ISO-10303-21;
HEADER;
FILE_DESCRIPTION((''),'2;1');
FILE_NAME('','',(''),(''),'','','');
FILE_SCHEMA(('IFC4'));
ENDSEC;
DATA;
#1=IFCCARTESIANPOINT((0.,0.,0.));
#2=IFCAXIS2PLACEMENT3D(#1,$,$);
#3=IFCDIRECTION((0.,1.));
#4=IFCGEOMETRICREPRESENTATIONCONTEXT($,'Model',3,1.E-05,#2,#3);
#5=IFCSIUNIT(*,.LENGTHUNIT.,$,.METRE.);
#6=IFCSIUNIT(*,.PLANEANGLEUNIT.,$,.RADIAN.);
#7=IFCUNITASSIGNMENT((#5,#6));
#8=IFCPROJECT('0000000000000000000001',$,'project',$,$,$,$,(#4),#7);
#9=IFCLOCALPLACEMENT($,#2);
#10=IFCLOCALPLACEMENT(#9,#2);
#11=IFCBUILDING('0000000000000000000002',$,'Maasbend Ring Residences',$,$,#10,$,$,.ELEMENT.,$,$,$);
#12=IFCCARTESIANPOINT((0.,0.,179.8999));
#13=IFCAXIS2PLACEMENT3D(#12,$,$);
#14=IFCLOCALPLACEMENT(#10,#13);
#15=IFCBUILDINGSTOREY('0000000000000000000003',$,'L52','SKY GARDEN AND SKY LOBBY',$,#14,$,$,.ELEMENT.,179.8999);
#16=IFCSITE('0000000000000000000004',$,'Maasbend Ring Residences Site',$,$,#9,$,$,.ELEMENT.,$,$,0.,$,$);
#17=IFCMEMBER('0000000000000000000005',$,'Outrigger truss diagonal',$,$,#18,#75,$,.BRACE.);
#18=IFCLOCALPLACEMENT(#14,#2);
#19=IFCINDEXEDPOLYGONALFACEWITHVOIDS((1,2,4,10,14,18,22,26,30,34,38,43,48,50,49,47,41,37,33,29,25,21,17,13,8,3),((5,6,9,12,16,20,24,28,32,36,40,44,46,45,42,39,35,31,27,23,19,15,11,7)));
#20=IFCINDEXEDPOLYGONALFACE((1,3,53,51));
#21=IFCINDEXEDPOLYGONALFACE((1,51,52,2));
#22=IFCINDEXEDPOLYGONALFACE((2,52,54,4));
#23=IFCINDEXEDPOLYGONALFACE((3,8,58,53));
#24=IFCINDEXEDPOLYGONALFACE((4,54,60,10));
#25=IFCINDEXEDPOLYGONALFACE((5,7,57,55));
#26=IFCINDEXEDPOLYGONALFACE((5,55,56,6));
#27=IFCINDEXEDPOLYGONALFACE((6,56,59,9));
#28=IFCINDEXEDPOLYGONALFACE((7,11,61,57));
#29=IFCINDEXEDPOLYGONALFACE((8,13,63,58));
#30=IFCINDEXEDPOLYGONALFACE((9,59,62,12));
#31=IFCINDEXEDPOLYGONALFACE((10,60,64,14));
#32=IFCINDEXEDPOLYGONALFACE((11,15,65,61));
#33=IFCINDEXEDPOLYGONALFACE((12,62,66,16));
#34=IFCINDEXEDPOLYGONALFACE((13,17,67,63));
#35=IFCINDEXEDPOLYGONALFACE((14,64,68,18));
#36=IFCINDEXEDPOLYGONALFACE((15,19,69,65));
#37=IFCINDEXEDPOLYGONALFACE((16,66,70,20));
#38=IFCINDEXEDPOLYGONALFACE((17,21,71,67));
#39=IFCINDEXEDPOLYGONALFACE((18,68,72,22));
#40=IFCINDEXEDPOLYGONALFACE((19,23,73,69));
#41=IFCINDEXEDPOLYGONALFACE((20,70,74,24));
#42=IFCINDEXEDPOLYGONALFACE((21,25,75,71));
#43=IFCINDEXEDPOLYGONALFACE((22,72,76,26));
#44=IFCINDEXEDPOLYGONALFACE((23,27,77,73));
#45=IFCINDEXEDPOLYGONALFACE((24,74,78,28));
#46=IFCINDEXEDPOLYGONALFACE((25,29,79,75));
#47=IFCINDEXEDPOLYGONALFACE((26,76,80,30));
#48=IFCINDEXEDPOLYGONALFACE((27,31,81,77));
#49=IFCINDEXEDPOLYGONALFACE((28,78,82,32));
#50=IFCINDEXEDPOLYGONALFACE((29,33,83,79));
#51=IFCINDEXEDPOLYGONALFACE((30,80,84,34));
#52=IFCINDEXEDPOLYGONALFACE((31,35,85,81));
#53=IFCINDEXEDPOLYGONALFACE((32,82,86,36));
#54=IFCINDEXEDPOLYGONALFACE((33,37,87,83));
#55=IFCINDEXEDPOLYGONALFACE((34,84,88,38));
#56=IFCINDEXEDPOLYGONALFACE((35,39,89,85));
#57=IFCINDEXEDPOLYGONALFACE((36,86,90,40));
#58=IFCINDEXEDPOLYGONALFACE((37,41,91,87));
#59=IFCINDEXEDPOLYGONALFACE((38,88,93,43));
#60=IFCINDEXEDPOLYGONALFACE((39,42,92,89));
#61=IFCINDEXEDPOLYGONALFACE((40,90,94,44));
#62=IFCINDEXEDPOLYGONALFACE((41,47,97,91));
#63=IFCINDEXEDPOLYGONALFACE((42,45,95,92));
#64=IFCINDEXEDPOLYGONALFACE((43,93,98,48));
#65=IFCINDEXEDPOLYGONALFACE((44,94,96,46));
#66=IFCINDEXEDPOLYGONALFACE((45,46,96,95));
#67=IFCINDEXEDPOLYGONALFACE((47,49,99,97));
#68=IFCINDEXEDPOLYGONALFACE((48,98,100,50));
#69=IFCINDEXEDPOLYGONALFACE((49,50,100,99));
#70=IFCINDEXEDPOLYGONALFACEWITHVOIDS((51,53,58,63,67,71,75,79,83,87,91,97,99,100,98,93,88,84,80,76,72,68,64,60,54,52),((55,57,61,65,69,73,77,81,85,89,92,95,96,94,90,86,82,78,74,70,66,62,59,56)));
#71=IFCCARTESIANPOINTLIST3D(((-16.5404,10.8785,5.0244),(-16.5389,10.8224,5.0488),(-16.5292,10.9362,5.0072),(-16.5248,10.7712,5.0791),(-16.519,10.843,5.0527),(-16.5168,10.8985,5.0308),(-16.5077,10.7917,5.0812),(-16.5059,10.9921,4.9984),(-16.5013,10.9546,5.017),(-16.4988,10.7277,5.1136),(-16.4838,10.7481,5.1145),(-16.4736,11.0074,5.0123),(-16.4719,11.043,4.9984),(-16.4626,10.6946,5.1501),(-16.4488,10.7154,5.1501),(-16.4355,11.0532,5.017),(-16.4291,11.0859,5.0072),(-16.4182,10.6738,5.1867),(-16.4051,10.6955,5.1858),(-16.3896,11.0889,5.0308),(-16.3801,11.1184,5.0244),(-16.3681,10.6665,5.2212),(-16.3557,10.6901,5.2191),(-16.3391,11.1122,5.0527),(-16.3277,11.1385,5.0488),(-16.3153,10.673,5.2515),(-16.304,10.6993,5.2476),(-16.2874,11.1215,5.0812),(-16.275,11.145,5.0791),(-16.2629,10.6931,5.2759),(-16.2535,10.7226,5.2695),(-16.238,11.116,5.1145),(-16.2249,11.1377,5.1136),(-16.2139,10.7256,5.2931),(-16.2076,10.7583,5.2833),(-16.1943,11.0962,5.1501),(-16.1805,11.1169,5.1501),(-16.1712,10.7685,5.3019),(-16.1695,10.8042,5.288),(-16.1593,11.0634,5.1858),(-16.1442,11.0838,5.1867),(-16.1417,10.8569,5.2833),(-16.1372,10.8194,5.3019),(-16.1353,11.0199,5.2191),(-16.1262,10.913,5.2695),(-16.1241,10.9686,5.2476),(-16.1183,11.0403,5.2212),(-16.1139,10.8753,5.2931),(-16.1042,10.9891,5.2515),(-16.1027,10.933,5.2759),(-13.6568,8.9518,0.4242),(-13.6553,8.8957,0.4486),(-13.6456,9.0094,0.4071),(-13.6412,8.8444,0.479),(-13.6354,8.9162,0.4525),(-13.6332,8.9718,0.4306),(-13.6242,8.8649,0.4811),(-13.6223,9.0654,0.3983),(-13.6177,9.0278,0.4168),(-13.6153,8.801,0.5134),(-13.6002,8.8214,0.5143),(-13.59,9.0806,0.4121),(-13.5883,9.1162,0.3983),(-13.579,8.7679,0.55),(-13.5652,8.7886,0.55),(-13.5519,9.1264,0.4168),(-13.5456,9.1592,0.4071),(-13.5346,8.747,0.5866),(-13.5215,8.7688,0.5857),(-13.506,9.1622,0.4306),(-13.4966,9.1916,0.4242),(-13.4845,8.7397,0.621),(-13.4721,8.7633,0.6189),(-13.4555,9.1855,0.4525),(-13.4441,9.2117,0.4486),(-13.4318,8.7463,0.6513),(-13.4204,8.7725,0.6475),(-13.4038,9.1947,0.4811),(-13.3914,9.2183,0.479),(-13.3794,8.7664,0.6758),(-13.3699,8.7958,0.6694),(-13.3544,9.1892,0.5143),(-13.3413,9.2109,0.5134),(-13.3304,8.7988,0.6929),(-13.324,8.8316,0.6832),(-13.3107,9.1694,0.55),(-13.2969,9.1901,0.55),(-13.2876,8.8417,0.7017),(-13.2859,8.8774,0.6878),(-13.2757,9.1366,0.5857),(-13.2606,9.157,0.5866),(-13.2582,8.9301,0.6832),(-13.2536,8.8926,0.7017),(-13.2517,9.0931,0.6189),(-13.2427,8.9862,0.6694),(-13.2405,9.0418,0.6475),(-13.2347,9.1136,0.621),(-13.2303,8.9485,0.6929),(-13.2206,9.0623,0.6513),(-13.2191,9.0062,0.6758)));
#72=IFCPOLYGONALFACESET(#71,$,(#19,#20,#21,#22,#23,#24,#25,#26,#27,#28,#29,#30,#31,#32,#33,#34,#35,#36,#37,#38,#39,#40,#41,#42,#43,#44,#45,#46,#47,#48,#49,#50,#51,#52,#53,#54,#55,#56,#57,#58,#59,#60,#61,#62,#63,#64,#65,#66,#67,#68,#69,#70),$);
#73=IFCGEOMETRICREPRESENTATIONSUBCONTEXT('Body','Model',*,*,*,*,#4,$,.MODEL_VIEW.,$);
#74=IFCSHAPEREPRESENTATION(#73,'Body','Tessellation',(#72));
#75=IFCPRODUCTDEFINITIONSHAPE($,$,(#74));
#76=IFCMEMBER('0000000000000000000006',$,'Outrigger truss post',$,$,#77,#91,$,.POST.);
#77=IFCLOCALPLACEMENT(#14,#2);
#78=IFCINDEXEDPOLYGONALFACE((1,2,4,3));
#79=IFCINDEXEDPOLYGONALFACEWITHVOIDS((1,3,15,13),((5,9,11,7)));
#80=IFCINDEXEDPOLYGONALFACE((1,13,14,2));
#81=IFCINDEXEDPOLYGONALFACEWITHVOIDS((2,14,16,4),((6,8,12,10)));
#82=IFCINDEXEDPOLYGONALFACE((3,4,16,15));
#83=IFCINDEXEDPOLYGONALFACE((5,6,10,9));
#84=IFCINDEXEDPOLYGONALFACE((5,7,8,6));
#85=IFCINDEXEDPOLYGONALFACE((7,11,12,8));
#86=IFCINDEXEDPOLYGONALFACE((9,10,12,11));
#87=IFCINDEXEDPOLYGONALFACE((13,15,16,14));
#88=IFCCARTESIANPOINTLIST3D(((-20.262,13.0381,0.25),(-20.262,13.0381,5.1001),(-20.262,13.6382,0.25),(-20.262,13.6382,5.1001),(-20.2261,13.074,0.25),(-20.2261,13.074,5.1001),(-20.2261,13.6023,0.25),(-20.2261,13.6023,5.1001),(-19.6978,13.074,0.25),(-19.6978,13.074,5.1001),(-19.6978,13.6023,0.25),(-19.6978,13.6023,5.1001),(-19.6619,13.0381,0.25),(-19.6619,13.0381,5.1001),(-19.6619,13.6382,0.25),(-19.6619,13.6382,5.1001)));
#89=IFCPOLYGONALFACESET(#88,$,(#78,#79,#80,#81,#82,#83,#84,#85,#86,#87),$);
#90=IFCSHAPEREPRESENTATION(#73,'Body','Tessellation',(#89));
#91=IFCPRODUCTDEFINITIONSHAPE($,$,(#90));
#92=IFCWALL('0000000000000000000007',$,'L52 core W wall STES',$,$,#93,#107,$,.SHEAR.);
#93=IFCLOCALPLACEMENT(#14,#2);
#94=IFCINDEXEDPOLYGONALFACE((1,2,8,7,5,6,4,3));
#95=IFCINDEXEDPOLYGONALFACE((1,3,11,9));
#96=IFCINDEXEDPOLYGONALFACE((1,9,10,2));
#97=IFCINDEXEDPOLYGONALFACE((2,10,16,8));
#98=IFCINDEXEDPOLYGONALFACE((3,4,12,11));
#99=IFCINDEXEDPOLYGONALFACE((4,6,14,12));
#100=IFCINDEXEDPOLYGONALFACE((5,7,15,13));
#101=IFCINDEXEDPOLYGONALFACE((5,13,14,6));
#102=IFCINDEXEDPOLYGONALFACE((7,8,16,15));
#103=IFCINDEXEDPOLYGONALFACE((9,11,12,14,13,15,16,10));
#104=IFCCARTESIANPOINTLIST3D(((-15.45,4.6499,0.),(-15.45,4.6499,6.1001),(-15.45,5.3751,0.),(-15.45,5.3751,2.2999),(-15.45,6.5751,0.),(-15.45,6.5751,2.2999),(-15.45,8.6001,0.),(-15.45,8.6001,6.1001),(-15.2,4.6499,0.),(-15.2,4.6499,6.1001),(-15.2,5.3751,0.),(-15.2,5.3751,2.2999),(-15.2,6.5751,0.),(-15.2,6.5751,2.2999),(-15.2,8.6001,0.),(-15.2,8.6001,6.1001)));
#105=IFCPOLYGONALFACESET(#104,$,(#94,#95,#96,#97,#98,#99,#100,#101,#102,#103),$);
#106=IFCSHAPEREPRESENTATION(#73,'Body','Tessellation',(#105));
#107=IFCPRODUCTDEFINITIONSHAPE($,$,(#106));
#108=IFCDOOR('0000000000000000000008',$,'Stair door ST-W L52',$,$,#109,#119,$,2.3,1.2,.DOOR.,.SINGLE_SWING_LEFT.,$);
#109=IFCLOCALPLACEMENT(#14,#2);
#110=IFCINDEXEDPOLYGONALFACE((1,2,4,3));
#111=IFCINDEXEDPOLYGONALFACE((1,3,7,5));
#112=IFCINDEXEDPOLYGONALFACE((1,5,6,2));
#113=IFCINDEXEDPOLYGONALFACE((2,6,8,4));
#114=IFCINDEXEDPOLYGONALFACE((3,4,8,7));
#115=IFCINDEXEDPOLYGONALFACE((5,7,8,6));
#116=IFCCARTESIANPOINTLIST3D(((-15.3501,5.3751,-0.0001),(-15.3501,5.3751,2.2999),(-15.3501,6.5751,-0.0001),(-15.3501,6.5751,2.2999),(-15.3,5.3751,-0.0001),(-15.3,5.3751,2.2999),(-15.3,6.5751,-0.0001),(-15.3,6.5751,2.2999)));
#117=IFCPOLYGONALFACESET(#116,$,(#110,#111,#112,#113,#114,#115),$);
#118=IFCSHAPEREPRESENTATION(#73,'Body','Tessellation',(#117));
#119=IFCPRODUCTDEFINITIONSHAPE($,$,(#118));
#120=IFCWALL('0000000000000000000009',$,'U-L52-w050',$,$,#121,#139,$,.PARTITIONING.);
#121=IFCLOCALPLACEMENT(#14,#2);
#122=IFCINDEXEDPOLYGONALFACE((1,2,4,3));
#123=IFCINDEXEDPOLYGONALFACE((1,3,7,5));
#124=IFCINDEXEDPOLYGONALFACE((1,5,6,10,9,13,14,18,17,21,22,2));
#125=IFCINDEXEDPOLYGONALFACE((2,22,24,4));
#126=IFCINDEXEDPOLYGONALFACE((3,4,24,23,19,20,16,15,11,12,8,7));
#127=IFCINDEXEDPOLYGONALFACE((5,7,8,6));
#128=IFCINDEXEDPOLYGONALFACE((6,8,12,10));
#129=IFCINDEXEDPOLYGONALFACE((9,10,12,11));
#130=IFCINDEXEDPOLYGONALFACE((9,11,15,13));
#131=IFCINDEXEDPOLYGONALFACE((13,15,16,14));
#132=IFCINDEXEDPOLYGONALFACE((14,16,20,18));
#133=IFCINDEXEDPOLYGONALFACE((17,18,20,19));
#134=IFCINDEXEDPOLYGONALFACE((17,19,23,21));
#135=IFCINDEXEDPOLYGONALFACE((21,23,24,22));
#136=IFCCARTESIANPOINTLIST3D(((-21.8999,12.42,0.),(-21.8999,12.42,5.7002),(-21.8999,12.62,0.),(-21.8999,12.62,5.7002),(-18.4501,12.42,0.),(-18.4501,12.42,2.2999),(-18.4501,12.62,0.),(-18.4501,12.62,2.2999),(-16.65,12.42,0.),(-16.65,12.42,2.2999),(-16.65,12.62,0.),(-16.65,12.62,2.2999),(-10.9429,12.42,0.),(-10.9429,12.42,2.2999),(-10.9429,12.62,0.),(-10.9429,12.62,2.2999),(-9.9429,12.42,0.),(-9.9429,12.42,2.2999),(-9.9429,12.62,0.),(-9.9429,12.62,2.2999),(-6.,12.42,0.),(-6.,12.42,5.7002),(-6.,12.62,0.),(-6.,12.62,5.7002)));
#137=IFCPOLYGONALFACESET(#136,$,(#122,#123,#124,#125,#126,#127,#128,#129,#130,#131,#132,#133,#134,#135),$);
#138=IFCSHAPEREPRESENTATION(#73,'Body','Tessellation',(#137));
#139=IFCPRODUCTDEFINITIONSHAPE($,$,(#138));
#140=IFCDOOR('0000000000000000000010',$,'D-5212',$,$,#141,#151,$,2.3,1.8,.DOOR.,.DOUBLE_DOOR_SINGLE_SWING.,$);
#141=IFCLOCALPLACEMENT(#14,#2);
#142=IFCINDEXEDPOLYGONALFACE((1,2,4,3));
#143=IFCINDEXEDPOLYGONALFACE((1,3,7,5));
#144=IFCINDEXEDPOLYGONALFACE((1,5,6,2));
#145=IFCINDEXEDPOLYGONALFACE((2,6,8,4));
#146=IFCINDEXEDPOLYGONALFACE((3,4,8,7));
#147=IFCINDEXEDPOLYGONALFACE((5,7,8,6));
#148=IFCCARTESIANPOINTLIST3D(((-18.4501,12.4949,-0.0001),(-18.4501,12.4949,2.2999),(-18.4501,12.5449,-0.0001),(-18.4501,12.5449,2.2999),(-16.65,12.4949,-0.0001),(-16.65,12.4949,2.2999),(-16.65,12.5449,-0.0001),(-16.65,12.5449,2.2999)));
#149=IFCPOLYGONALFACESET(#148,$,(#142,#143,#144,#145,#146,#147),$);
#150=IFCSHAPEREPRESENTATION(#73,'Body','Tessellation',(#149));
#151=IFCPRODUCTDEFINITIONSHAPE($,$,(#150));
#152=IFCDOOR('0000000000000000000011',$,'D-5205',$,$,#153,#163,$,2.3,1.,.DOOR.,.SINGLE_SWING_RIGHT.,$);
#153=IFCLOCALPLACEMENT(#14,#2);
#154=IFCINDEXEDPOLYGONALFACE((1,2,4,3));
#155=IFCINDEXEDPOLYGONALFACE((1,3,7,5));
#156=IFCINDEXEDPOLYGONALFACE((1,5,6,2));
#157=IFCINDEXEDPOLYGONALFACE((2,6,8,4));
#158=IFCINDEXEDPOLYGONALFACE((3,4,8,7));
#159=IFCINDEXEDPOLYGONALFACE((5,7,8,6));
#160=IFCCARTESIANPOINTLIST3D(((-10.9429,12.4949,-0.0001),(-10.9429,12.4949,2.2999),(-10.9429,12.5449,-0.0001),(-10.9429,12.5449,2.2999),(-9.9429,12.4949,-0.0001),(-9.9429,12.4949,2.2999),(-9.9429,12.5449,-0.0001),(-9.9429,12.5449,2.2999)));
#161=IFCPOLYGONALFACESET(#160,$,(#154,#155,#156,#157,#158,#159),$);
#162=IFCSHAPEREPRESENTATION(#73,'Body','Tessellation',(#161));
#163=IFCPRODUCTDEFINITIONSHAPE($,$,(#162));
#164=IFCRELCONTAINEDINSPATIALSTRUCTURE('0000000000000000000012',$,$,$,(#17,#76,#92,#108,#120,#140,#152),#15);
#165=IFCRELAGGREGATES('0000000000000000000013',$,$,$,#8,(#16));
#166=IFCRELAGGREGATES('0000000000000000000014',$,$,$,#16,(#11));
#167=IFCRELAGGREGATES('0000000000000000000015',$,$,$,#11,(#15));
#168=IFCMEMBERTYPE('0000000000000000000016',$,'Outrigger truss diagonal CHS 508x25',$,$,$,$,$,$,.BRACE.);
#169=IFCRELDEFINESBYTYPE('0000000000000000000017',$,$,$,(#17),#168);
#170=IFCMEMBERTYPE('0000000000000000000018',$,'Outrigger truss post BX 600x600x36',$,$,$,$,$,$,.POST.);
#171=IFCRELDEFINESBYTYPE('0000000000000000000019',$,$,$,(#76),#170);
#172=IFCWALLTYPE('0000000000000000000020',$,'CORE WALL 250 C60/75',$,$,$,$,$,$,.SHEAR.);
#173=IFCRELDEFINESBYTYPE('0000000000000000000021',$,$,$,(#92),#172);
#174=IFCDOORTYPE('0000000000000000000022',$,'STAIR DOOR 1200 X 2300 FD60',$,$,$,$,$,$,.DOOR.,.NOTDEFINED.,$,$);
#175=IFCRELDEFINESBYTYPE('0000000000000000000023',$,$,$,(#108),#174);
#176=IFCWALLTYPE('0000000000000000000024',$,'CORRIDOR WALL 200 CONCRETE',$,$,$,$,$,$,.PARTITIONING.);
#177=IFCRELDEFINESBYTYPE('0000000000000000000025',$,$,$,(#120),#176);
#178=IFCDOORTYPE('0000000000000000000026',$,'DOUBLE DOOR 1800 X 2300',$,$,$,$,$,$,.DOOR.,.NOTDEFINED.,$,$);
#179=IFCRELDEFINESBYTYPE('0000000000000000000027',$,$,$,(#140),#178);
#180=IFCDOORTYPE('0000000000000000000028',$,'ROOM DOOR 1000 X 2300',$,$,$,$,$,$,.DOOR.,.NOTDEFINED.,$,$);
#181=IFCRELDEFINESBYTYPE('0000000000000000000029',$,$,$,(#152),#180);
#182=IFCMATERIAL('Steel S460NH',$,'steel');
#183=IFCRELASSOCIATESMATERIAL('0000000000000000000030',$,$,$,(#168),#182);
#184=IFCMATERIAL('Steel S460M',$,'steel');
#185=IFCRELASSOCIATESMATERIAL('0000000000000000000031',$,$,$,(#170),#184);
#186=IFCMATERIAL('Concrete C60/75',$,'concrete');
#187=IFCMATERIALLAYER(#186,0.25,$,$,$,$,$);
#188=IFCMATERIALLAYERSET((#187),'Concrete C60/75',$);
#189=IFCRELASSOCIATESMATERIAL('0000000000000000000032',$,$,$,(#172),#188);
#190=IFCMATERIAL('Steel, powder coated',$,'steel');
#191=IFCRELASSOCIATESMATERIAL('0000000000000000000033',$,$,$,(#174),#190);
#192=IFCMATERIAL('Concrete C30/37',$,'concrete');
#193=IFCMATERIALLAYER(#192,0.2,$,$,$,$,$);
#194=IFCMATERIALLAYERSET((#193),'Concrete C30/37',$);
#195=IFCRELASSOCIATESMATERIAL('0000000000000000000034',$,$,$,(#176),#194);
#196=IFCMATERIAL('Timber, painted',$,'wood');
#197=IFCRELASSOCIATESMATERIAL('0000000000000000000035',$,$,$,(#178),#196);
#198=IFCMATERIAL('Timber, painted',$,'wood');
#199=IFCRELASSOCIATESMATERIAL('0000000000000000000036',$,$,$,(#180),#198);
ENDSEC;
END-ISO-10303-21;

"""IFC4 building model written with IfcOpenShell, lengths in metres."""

from ifc_helpers import new_model, si_unit, direction, frame, frame_2d, origin, origin_2d, place, context, subcontext, project, spatial, rectangle, hollow_rectangle, hollow_circle, extrude, material, layer, layer_set, material_profile, profile_set, type_object, element, fill, save


model = new_model("IFC4")

# Units and contexts
model_context = context("Model", 3, precision=1e-05, world=origin(), true_north=direction((0.0, 1.0)))
body_context = subcontext(model_context, "Body", "Model", "MODEL_VIEW")
ifc_project = project(units=[si_unit("LENGTHUNIT", "METRE"), si_unit("PLANEANGLEUNIT", "RADIAN")], contexts=[model_context])

# Site, building, storey
site_placement = place(None, origin())
site = spatial("IfcSite", under=ifc_project, at=site_placement, Name="Maasbend Ring Residences Site", CompositionType="ELEMENT", RefElevation=0.0)
building_placement = place(site_placement, origin())
building = spatial("IfcBuilding", under=site, at=building_placement, Name="Maasbend Ring Residences", CompositionType="ELEMENT")
storey_placement = place(building_placement, frame((0.0, 0.0, 179.8999)))
storey = spatial("IfcBuildingStorey", under=building, at=storey_placement, Name="L52", Description="SKY GARDEN AND SKY LOBBY", CompositionType="ELEMENT", Elevation=179.8999)

# Members
ifc_material_1 = material(Name="Steel S460NH", Category="steel")
ifc_material_profile_1 = material_profile(ifc_material_1, hollow_circle(Radius=0.2539, WallThickness=0.0249, at=origin_2d()), Name="Outrigger truss diagonal CHS 508x25")
ifc_profile_set_1 = profile_set([ifc_material_profile_1], Name="Steel S460NH")
member_type_1 = type_object("IfcMemberType", Name="Outrigger truss diagonal CHS 508x25", PredefinedType="BRACE", material=ifc_profile_set_1)
member_1_placement = place(storey_placement, frame((-16.3215, 10.9058, 5.1501), z_axis=(0.500536, -0.334454, -0.798501), x_axis=(0.555577, 0.831465, 0.0)))
element("IfcMember", 1, at=member_1_placement, inside=storey, type_object=member_type_1, Name="Outrigger truss diagonal", PredefinedType="BRACE", context=body_context, shape_type="SweptSolid", body=[
    extrude(hollow_circle(Radius=0.2539, WallThickness=0.0249, at=origin_2d()), origin(), (0.0, 0.0, 1.0), 5.761),
])
ifc_material_2 = material(Name="Steel S460M", Category="steel")
ifc_material_profile_2 = material_profile(ifc_material_2, hollow_rectangle(XDim=0.6001, YDim=0.6001, WallThickness=0.0359, at=origin_2d()), Name="Outrigger truss post BX 600x600x36")
ifc_profile_set_2 = profile_set([ifc_material_profile_2], Name="Steel S460M")
member_type_2 = type_object("IfcMemberType", Name="Outrigger truss post BX 600x600x36", PredefinedType="POST", material=ifc_profile_set_2)
member_2_placement = place(storey_placement, frame((-19.9619, 13.3381, 0.25), z_axis=(0.0, 0.0, 1.0), x_axis=(1.0, 0.0, 0.0)))
element("IfcMember", 2, at=member_2_placement, inside=storey, type_object=member_type_2, Name="Outrigger truss post", PredefinedType="POST", context=body_context, shape_type="SweptSolid", body=[
    extrude(hollow_rectangle(XDim=0.6001, YDim=0.6001, WallThickness=0.0359, at=origin_2d()), origin(), (0.0, 0.0, 1.0), 4.8501),
])

# Wall, opening, door
ifc_material_3 = material(Name="Concrete C60/75", Category="concrete")
ifc_layer_1 = layer(ifc_material_3, 0.25)
ifc_layer_set_1 = layer_set([ifc_layer_1], Name="Concrete C60/75")
wall_type_1 = type_object("IfcWallType", Name="CORE WALL 250 C60/75", PredefinedType="SHEAR", material=ifc_layer_set_1)
wall_1_placement = place(storey_placement, frame((-15.325, 8.6001, 0.0), z_axis=(0.0, 0.0, 1.0), x_axis=(0.0, -1.0, 0.0)))
wall_1 = element("IfcWall", 3, at=wall_1_placement, inside=storey, type_object=wall_type_1, Name="L52 core W wall STES", PredefinedType="SHEAR", context=body_context, shape_type="SweptSolid", body=[
    extrude(rectangle(XDim=3.9502, YDim=0.25, at=frame_2d((1.9751, 0.0))), origin(), (0.0, 0.0, 1.0), 6.1001),
])
opening_1_placement = place(wall_1_placement, frame((2.0249, 0.0, 0.0)))
opening_1 = element("IfcOpeningElement", 4, at=opening_1_placement, cuts=wall_1, PredefinedType="OPENING", context=body_context, shape_type="SweptSolid", body=[
    extrude(rectangle(XDim=1.2, YDim=2.3, at=frame_2d((0.6001, 1.1499))), frame((0.0, 0.135, 0.0), z_axis=(0.0, -1.0, 0.0), x_axis=(1.0, 0.0, 0.0)), (0.0, 0.0, 1.0), 0.27),
])
ifc_material_4 = material(Name="Steel, powder coated", Category="steel")
door_type_1 = type_object("IfcDoorType", Name="STAIR DOOR 1200 X 2300 FD60", OperationType="NOTDEFINED", PredefinedType="DOOR", material=ifc_material_4)
door_1_placement = place(opening_1_placement, origin())
door_1 = element("IfcDoor", 5, at=door_1_placement, inside=storey, type_object=door_type_1, Name="Stair door ST-W L52", OperationType="SINGLE_SWING_LEFT", OverallHeight=2.3, OverallWidth=1.2, PredefinedType="DOOR", context=body_context, shape_type="SweptSolid", body=[
    extrude(rectangle(XDim=1.2, YDim=2.3, at=frame_2d((0.6001, 1.1499))), frame((0.0, 0.0249, 0.0), z_axis=(0.0, -1.0, 0.0), x_axis=(1.0, 0.0, 0.0)), (0.0, 0.0, 1.0), 0.05),
])
fill(opening_1, door_1)

# Wall, openings, doors
ifc_material_5 = material(Name="Concrete C30/37", Category="concrete")
ifc_layer_2 = layer(ifc_material_5, 0.2)
ifc_layer_set_2 = layer_set([ifc_layer_2], Name="Concrete C30/37")
wall_type_2 = type_object("IfcWallType", Name="CORRIDOR WALL 200 CONCRETE", PredefinedType="PARTITIONING", material=ifc_layer_set_2)
wall_2_placement = place(storey_placement, frame((-21.8999, 12.52, 0.0), z_axis=(0.0, 0.0, 1.0), x_axis=(1.0, 0.0, 0.0)))
wall_2 = element("IfcWall", 6, at=wall_2_placement, inside=storey, type_object=wall_type_2, Name="U-L52-w050", PredefinedType="PARTITIONING", context=body_context, shape_type="SweptSolid", body=[
    extrude(rectangle(XDim=15.8999, YDim=0.2, at=frame_2d((7.95, 0.0))), origin(), (0.0, 0.0, 1.0), 5.7002),
])
opening_2_placement = place(wall_2_placement, frame((10.957, 0.0, 0.0)))
opening_2 = element("IfcOpeningElement", 7, at=opening_2_placement, cuts=wall_2, PredefinedType="OPENING", context=body_context, shape_type="SweptSolid", body=[
    extrude(rectangle(XDim=1.0, YDim=2.3, at=frame_2d((0.5, 1.1499))), frame((0.0, 0.1099, 0.0), z_axis=(0.0, -1.0, 0.0), x_axis=(1.0, 0.0, 0.0)), (0.0, 0.0, 1.0), 0.22),
])
opening_3_placement = place(wall_2_placement, frame((3.45, 0.0, 0.0)))
opening_3 = element("IfcOpeningElement", 8, at=opening_3_placement, cuts=wall_2, PredefinedType="OPENING", context=body_context, shape_type="SweptSolid", body=[
    extrude(rectangle(XDim=1.8, YDim=2.3, at=frame_2d((0.8999, 1.1499))), frame((0.0, 0.1099, 0.0), z_axis=(0.0, -1.0, 0.0), x_axis=(1.0, 0.0, 0.0)), (0.0, 0.0, 1.0), 0.22),
])
ifc_material_6 = material(Name="Timber, painted", Category="wood")
door_type_2 = type_object("IfcDoorType", Name="DOUBLE DOOR 1800 X 2300", OperationType="NOTDEFINED", PredefinedType="DOOR", material=ifc_material_6)
door_2_placement = place(opening_3_placement, origin())
door_2 = element("IfcDoor", 9, at=door_2_placement, inside=storey, type_object=door_type_2, Name="D-5212", OperationType="DOUBLE_DOOR_SINGLE_SWING", OverallHeight=2.3, OverallWidth=1.8, PredefinedType="DOOR", context=body_context, shape_type="SweptSolid", body=[
    extrude(rectangle(XDim=1.8, YDim=2.3, at=frame_2d((0.8999, 1.1499))), frame((0.0, 0.0249, 0.0), z_axis=(0.0, -1.0, 0.0), x_axis=(1.0, 0.0, 0.0)), (0.0, 0.0, 1.0), 0.05),
])
fill(opening_3, door_2)
ifc_material_7 = material(Name="Timber, painted", Category="wood")
door_type_3 = type_object("IfcDoorType", Name="ROOM DOOR 1000 X 2300", OperationType="NOTDEFINED", PredefinedType="DOOR", material=ifc_material_7)
door_3_placement = place(opening_2_placement, origin())
door_3 = element("IfcDoor", 10, at=door_3_placement, inside=storey, type_object=door_type_3, Name="D-5205", OperationType="SINGLE_SWING_RIGHT", OverallHeight=2.3, OverallWidth=1.0, PredefinedType="DOOR", context=body_context, shape_type="SweptSolid", body=[
    extrude(rectangle(XDim=1.0, YDim=2.3, at=frame_2d((0.5, 1.1499))), frame((0.0, 0.0249, 0.0), z_axis=(0.0, -1.0, 0.0), x_axis=(1.0, 0.0, 0.0)), (0.0, 0.0, 1.0), 0.05),
])
fill(opening_2, door_3)

save(model, "model.ifc")
